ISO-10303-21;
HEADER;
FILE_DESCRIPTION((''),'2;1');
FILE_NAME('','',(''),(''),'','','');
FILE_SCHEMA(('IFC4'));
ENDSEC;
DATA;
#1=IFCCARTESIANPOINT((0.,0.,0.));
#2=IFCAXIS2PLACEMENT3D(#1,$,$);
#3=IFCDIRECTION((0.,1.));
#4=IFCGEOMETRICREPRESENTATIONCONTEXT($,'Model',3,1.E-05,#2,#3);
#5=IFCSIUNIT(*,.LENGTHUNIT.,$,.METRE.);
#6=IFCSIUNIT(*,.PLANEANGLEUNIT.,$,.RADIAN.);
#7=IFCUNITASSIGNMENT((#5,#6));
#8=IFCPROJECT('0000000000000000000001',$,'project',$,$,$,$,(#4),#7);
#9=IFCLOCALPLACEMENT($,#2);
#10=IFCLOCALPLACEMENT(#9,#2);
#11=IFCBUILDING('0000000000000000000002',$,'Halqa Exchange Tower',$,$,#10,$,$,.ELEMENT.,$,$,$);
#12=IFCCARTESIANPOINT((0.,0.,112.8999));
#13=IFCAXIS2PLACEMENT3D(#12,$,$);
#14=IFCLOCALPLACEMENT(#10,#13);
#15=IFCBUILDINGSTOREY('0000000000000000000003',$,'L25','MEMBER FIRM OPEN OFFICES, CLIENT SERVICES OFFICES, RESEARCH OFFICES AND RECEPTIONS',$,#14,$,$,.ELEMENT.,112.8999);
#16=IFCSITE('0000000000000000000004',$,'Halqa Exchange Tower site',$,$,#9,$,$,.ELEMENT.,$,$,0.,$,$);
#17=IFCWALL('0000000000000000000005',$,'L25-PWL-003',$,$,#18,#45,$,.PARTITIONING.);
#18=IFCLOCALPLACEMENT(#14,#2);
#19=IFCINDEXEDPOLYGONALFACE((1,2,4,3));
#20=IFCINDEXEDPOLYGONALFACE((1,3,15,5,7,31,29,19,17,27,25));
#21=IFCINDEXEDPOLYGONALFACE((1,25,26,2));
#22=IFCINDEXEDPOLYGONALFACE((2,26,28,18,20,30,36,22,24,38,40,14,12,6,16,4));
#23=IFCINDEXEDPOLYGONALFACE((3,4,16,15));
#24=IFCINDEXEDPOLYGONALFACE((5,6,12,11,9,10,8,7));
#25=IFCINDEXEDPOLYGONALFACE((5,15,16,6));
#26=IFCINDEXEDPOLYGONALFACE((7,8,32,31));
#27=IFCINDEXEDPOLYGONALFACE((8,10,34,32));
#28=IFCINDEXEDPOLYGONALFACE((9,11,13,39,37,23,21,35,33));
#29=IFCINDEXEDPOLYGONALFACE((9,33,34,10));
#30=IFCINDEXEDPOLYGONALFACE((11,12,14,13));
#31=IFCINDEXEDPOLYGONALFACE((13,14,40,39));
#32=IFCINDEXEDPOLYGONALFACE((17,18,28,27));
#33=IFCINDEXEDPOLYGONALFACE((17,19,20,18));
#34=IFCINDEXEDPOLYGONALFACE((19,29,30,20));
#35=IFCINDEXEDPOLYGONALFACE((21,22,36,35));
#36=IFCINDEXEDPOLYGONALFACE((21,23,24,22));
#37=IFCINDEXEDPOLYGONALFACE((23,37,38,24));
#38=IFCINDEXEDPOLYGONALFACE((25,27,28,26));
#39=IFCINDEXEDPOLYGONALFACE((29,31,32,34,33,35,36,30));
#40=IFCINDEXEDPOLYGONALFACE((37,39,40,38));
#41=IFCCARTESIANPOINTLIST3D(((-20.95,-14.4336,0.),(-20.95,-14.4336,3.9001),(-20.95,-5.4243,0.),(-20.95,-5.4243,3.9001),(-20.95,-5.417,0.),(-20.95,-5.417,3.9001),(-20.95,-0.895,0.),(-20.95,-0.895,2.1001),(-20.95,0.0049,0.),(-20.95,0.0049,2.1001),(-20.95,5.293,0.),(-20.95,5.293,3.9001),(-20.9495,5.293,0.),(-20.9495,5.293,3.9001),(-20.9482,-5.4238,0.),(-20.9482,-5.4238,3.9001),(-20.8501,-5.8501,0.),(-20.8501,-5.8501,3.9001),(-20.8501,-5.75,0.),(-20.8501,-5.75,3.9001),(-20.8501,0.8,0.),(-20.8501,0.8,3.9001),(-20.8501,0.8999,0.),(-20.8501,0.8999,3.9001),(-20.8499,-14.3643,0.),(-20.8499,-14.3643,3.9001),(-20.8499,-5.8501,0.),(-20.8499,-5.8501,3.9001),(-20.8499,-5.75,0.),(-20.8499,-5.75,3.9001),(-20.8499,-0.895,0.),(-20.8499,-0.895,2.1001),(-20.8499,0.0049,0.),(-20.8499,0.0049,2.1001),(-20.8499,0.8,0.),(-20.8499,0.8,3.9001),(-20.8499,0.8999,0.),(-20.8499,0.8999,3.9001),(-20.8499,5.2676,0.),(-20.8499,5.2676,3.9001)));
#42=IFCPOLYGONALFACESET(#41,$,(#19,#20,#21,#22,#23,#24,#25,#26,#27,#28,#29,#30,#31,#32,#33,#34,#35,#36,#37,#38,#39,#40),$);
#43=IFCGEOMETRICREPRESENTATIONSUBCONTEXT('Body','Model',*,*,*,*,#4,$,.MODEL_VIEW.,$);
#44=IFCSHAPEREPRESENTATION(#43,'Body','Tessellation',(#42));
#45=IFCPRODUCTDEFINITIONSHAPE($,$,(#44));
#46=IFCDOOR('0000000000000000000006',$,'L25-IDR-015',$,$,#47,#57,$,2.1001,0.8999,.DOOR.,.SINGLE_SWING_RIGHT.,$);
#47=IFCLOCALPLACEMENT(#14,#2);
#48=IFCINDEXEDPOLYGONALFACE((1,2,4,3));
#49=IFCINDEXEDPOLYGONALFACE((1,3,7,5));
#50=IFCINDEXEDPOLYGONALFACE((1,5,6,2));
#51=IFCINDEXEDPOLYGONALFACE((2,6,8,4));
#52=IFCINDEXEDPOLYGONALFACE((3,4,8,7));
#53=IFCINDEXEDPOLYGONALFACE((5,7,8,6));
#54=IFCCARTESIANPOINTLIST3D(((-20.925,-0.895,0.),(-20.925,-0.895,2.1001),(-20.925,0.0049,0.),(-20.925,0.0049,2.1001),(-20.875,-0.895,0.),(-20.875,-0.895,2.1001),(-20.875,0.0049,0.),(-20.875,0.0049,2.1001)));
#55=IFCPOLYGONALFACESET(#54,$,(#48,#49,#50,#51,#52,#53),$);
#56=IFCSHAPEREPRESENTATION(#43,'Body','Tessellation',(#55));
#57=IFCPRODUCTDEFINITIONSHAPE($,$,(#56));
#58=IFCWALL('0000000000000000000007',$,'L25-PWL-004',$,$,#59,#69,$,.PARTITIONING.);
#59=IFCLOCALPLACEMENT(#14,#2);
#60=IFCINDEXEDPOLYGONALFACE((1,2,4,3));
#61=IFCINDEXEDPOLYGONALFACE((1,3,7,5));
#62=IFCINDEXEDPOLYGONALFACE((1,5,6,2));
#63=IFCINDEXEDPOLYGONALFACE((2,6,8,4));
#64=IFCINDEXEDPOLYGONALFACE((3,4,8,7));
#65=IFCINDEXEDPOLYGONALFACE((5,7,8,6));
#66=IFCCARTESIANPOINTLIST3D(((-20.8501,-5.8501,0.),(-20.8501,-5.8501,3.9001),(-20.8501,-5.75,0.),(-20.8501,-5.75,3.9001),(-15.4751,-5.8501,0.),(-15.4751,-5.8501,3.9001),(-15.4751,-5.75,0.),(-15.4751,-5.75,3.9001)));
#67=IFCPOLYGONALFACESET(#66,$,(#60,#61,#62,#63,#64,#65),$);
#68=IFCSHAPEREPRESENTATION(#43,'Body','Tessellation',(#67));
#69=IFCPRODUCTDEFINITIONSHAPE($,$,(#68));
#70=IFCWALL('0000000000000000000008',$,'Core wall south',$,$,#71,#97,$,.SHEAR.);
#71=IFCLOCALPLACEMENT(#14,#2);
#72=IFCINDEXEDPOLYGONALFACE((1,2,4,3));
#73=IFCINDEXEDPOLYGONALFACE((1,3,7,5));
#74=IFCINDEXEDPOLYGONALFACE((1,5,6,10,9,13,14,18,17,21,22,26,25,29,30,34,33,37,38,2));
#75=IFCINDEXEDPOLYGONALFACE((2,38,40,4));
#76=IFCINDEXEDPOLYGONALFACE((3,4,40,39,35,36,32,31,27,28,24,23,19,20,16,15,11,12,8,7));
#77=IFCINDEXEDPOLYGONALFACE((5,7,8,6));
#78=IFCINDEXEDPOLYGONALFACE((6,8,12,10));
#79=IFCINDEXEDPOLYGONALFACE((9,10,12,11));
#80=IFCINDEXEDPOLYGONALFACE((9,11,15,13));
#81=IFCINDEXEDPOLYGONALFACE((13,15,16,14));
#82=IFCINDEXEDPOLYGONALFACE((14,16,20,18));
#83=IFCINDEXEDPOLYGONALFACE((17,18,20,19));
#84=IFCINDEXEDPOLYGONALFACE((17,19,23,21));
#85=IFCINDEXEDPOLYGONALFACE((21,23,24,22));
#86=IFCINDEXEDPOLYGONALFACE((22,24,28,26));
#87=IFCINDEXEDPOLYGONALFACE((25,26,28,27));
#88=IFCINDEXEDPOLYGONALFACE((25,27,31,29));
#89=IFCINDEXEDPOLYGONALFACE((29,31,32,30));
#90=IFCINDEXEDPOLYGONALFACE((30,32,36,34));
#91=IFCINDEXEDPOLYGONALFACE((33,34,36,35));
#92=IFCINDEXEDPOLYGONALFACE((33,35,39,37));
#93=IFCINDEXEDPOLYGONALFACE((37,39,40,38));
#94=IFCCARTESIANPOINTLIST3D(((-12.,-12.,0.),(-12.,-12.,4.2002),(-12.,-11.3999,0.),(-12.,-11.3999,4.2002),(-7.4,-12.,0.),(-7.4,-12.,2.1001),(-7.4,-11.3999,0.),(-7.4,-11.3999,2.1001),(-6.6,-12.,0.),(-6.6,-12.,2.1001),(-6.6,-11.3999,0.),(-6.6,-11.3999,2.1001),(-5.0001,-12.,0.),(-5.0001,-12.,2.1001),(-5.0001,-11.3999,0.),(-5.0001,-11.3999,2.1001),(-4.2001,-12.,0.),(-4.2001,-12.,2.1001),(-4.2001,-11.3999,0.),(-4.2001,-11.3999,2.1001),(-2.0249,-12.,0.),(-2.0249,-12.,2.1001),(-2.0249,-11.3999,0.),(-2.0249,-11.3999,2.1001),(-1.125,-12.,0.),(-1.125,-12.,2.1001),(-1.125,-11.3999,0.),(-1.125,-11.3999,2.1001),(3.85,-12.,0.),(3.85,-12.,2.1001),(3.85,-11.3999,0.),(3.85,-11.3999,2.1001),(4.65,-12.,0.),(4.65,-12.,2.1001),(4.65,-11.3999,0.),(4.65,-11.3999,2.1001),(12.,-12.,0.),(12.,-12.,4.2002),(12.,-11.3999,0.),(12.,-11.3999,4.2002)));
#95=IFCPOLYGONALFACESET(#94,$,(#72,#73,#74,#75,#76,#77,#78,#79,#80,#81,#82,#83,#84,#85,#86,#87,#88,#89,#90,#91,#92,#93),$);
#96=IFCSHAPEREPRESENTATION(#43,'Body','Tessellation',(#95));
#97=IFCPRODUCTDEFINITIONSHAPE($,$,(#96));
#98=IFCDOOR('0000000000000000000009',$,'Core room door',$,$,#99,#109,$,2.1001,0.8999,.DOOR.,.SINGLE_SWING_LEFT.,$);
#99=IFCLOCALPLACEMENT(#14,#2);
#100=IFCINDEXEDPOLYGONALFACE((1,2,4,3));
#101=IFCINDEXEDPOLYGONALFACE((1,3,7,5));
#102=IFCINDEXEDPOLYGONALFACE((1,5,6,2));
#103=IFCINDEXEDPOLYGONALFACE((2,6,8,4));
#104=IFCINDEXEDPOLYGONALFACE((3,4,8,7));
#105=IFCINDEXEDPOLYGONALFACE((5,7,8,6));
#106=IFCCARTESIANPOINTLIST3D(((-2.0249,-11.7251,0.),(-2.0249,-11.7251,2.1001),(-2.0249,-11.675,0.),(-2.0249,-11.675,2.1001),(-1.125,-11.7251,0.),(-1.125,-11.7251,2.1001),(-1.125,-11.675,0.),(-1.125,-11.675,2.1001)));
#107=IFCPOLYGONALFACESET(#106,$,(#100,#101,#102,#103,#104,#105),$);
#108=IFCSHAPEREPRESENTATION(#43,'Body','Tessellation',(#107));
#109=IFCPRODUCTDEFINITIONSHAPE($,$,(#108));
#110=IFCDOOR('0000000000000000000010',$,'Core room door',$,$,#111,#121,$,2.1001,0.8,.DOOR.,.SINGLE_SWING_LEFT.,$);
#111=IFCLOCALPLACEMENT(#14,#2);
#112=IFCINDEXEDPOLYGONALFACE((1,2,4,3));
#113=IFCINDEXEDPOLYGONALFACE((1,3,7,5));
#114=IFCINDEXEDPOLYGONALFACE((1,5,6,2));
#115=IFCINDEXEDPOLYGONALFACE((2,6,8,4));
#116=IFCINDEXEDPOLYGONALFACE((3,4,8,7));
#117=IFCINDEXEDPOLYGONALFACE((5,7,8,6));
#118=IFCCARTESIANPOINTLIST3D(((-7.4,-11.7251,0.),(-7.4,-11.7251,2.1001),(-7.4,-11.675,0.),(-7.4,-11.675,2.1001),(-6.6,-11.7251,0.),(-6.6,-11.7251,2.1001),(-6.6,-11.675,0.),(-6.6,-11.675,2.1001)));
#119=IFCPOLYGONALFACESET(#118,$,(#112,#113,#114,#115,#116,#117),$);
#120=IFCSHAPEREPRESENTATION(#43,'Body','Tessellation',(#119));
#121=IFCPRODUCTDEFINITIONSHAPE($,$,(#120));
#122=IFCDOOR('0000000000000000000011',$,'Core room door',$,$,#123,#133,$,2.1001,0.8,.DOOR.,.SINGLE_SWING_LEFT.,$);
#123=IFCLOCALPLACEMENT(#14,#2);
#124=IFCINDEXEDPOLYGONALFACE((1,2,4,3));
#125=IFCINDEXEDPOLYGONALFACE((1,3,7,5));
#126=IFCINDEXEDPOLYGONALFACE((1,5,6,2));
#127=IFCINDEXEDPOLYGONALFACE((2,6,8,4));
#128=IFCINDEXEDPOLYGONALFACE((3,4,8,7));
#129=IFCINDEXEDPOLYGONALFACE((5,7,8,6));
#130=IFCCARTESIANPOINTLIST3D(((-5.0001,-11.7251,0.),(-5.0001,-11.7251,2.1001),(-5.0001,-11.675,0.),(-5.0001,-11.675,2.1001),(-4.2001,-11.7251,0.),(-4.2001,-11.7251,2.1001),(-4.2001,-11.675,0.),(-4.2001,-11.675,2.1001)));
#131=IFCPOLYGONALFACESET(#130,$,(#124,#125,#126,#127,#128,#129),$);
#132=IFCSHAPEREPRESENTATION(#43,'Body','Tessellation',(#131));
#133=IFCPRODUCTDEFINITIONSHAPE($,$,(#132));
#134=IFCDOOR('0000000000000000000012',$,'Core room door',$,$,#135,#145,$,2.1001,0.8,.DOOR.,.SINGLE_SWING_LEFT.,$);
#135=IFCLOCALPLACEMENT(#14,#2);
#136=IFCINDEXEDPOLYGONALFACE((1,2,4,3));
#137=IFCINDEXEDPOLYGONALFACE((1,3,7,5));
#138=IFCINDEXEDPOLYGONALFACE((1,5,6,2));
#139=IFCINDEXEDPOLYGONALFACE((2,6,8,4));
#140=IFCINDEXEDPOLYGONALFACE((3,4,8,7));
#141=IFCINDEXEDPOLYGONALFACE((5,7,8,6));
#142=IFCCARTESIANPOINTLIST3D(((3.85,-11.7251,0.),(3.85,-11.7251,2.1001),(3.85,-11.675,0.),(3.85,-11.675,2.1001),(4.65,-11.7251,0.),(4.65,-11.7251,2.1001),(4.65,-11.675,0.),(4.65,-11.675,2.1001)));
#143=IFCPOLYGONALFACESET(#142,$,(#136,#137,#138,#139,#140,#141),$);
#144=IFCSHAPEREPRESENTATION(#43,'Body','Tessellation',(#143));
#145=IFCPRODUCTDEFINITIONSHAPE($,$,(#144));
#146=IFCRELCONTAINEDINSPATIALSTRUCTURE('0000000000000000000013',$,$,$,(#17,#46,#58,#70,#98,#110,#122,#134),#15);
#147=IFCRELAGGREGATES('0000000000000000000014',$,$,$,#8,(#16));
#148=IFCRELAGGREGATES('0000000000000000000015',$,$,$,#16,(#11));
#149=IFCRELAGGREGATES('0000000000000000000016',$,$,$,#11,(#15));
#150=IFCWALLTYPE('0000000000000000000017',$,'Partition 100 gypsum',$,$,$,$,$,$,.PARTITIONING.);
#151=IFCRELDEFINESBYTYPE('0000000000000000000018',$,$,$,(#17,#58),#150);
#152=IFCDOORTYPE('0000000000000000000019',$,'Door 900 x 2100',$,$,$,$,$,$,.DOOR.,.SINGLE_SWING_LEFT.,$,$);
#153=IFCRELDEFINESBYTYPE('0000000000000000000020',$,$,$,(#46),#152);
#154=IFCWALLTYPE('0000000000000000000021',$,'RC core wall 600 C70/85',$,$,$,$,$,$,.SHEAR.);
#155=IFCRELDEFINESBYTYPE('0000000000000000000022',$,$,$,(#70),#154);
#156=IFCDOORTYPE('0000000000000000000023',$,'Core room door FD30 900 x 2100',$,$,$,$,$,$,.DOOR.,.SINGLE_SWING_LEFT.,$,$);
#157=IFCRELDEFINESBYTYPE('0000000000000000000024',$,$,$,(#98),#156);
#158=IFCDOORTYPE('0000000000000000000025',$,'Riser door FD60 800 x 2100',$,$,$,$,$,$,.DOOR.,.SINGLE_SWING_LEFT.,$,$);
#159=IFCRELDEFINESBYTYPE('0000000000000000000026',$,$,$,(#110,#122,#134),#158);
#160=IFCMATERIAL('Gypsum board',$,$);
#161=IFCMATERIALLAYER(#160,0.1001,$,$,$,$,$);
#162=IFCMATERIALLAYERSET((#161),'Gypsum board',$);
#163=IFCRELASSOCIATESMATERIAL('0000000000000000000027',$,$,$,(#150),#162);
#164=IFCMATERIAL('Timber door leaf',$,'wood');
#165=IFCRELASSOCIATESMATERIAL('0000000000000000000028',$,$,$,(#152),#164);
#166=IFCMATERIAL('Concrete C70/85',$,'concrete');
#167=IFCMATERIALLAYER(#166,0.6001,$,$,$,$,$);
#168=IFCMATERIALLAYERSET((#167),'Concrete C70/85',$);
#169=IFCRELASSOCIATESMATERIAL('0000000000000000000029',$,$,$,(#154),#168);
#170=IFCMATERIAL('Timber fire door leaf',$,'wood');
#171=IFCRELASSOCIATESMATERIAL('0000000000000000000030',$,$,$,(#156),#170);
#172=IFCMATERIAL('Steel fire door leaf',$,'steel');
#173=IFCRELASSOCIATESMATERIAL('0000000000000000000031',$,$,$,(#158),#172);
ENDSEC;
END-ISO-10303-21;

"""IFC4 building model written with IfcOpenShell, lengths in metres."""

from ifc_helpers import new_model, si_unit, direction, frame, frame_2d, origin, place, context, subcontext, project, spatial, polyline, rectangle, outline, extrude, material, layer, layer_set, type_object, element, fill, save


model = new_model("IFC4")

# Units and contexts
model_context = context("Model", 3, precision=1e-05, world=origin(), true_north=direction((0.0, 1.0)))
body_context = subcontext(model_context, "Body", "Model", "MODEL_VIEW")
ifc_project = project(units=[si_unit("LENGTHUNIT", "METRE"), si_unit("PLANEANGLEUNIT", "RADIAN")], contexts=[model_context])

# Site, building, storey
site_placement = place(None, origin())
site = spatial("IfcSite", under=ifc_project, at=site_placement, Name="Halqa Exchange Tower site", CompositionType="ELEMENT", RefElevation=0.0)
building_placement = place(site_placement, origin())
building = spatial("IfcBuilding", under=site, at=building_placement, Name="Halqa Exchange Tower", CompositionType="ELEMENT")
storey_placement = place(building_placement, frame((0.0, 0.0, 112.8999)))
storey = spatial("IfcBuildingStorey", under=building, at=storey_placement, Name="L25", Description="MEMBER FIRM OPEN OFFICES, CLIENT SERVICES OFFICES, RESEARCH OFFICES AND RECEPTIONS", CompositionType="ELEMENT", Elevation=112.8999)

# Shared definitions
ifc_material_1 = material(Name="Concrete C70/85", Category="concrete")

# Wall, opening, door
ifc_material_2 = material(Name="Gypsum board")
ifc_layer_1 = layer(ifc_material_2, 0.1001)
ifc_layer_set_1 = layer_set([ifc_layer_1], Name="Gypsum board")
wall_type_1 = type_object("IfcWallType", Name="Partition 100 gypsum", PredefinedType="PARTITIONING", material=ifc_layer_set_1)
wall_1_placement = place(storey_placement, frame((-20.8999, -14.4336, 0.0), z_axis=(0.0, 0.0, 1.0), x_axis=(0.0, 1.0, 0.0)))
wall_1 = element("IfcWall", 1, at=wall_1_placement, inside=storey, type_object=wall_type_1, Name="L25-PWL-003", PredefinedType="PARTITIONING", context=body_context, shape_type="SweptSolid", body=[
    extrude(outline(polyline([(0.0693, -0.05), (1.7722, -0.05), (3.4751, -0.05), (5.178, -0.05), (6.8809, -0.05), (8.5835, -0.05), (8.5835, -0.0498), (8.6836, -0.0498), (8.6836, -0.05), (10.321, -0.05), (11.9585, -0.05), (13.5962, -0.05), (15.2336, -0.05), (15.2336, -0.0498), (15.3335, -0.0498), (15.3335, -0.05), (16.7893, -0.05), (18.2451, -0.05), (19.7012, -0.05), (19.7266, 0.0496), (19.7266, 0.05), (17.9417, 0.05), (16.1565, 0.05), (14.3716, 0.05), (12.5867, 0.05), (10.8015, 0.05), (9.0166, 0.05), (9.0098, 0.0483), (9.0093, 0.05), (7.2075, 0.05), (5.4055, 0.05), (3.6038, 0.05), (1.8018, 0.05), (0.0, 0.05), (0.0693, -0.05)])), origin(), (0.0, 0.0, 1.0), 3.9001),
])
opening_1_placement = place(wall_1_placement, frame((13.5386, 0.0, 0.0)))
opening_1 = element("IfcOpeningElement", 2, at=opening_1_placement, cuts=wall_1, PredefinedType="OPENING", context=body_context, shape_type="SweptSolid", body=[
    extrude(rectangle(XDim=0.8999, YDim=2.1001, at=frame_2d((0.45, 1.05))), frame((0.0, 0.062, 0.0), z_axis=(0.0, -1.0, 0.0), x_axis=(1.0, 0.0, 0.0)), (0.0, 0.0, 1.0), 0.124),
])
ifc_material_3 = material(Name="Timber door leaf", Category="wood")
door_type_1 = type_object("IfcDoorType", Name="Door 900 x 2100", OperationType="SINGLE_SWING_LEFT", PredefinedType="DOOR", material=ifc_material_3)
door_1_placement = place(opening_1_placement, frame((0.8999, 0.0, 0.0), z_axis=(0.0, 0.0, 1.0), x_axis=(-1.0, 0.0, 0.0)))
door_1 = element("IfcDoor", 3, at=door_1_placement, inside=storey, type_object=door_type_1, Name="L25-IDR-015", OperationType="SINGLE_SWING_RIGHT", OverallHeight=2.1001, OverallWidth=0.8999, PredefinedType="DOOR", context=body_context, shape_type="SweptSolid", body=[
    extrude(rectangle(XDim=0.8999, YDim=2.1001, at=frame_2d((0.45, 1.05))), frame((0.0, 0.0249, 0.0), z_axis=(0.0, -1.0, 0.0), x_axis=(1.0, 0.0, 0.0)), (0.0, 0.0, 1.0), 0.05),
])
fill(opening_1, door_1)

# Wall
wall_2_placement = place(storey_placement, frame((-20.8501, -5.8, 0.0), z_axis=(0.0, 0.0, 1.0), x_axis=(1.0, 0.0, 0.0)))
element("IfcWall", 4, at=wall_2_placement, inside=storey, type_object=wall_type_1, Name="L25-PWL-004", PredefinedType="PARTITIONING", context=body_context, shape_type="SweptSolid", body=[
    extrude(rectangle(XDim=5.375, YDim=0.1001, at=frame_2d((2.6875, 0.0))), origin(), (0.0, 0.0, 1.0), 3.9001),
])

# Wall, openings, doors
ifc_layer_2 = layer(ifc_material_1, 0.6001)
ifc_layer_set_2 = layer_set([ifc_layer_2], Name="Concrete C70/85")
wall_type_2 = type_object("IfcWallType", Name="RC core wall 600 C70/85", PredefinedType="SHEAR", material=ifc_layer_set_2)
wall_3_placement = place(storey_placement, frame((-12.0, -11.7, 0.0), z_axis=(0.0, 0.0, 1.0), x_axis=(1.0, 0.0, 0.0)))
wall_3 = element("IfcWall", 5, at=wall_3_placement, inside=storey, type_object=wall_type_2, Name="Core wall south", PredefinedType="SHEAR", context=body_context, shape_type="SweptSolid", body=[
    extrude(rectangle(XDim=24.0, YDim=0.6001, at=frame_2d((12.0, 0.0))), origin(), (0.0, 0.0, 1.0), 4.2002),
])
opening_2_placement = place(wall_3_placement, frame((9.9751, 0.0, 0.0)))
opening_2 = element("IfcOpeningElement", 6, at=opening_2_placement, cuts=wall_3, PredefinedType="OPENING", context=body_context, shape_type="SweptSolid", body=[
    extrude(rectangle(XDim=0.8999, YDim=2.1001, at=frame_2d((0.45, 1.05))), frame((0.0, 0.312, 0.0), z_axis=(0.0, -1.0, 0.0), x_axis=(1.0, 0.0, 0.0)), (0.0, 0.0, 1.0), 0.624),
])
opening_3_placement = place(wall_3_placement, frame((4.6001, 0.0, 0.0)))
opening_3 = element("IfcOpeningElement", 7, at=opening_3_placement, cuts=wall_3, PredefinedType="OPENING", context=body_context, shape_type="SweptSolid", body=[
    extrude(rectangle(XDim=0.8, YDim=2.1001, at=frame_2d((0.3999, 1.05))), frame((0.0, 0.312, 0.0), z_axis=(0.0, -1.0, 0.0), x_axis=(1.0, 0.0, 0.0)), (0.0, 0.0, 1.0), 0.624),
])
opening_4_placement = place(wall_3_placement, frame((7.0, 0.0, 0.0)))
opening_4 = element("IfcOpeningElement", 8, at=opening_4_placement, cuts=wall_3, PredefinedType="OPENING", context=body_context, shape_type="SweptSolid", body=[
    extrude(rectangle(XDim=0.8, YDim=2.1001, at=frame_2d((0.3999, 1.05))), frame((0.0, 0.312, 0.0), z_axis=(0.0, -1.0, 0.0), x_axis=(1.0, 0.0, 0.0)), (0.0, 0.0, 1.0), 0.624),
])
opening_5_placement = place(wall_3_placement, frame((15.8501, 0.0, 0.0)))
opening_5 = element("IfcOpeningElement", 9, at=opening_5_placement, cuts=wall_3, PredefinedType="OPENING", context=body_context, shape_type="SweptSolid", body=[
    extrude(rectangle(XDim=0.8, YDim=2.1001, at=frame_2d((0.3999, 1.05))), frame((0.0, 0.312, 0.0), z_axis=(0.0, -1.0, 0.0), x_axis=(1.0, 0.0, 0.0)), (0.0, 0.0, 1.0), 0.624),
])
ifc_material_4 = material(Name="Timber fire door leaf", Category="wood")
door_type_2 = type_object("IfcDoorType", Name="Core room door FD30 900 x 2100", OperationType="SINGLE_SWING_LEFT", PredefinedType="DOOR", material=ifc_material_4)
door_2_placement = place(opening_2_placement, origin())
door_2 = element("IfcDoor", 10, at=door_2_placement, inside=storey, type_object=door_type_2, Name="Core room door", OperationType="SINGLE_SWING_LEFT", OverallHeight=2.1001, OverallWidth=0.8999, PredefinedType="DOOR", context=body_context, shape_type="SweptSolid", body=[
    extrude(rectangle(XDim=0.8999, YDim=2.1001, at=frame_2d((0.45, 1.05))), frame((0.0, 0.0249, 0.0), z_axis=(0.0, -1.0, 0.0), x_axis=(1.0, 0.0, 0.0)), (0.0, 0.0, 1.0), 0.05),
])
fill(opening_2, door_2)
ifc_material_5 = material(Name="Steel fire door leaf", Category="steel")
door_type_3 = type_object("IfcDoorType", Name="Riser door FD60 800 x 2100", OperationType="SINGLE_SWING_LEFT", PredefinedType="DOOR", material=ifc_material_5)
door_3_placement = place(opening_3_placement, origin())
door_3 = element("IfcDoor", 11, at=door_3_placement, inside=storey, type_object=door_type_3, Name="Core room door", OperationType="SINGLE_SWING_LEFT", OverallHeight=2.1001, OverallWidth=0.8, PredefinedType="DOOR", context=body_context, shape_type="SweptSolid", body=[
    extrude(rectangle(XDim=0.8, YDim=2.1001, at=frame_2d((0.3999, 1.05))), frame((0.0, 0.0249, 0.0), z_axis=(0.0, -1.0, 0.0), x_axis=(1.0, 0.0, 0.0)), (0.0, 0.0, 1.0), 0.05),
])
fill(opening_3, door_3)
door_4_placement = place(opening_4_placement, origin())
door_4 = element("IfcDoor", 12, at=door_4_placement, inside=storey, type_object=door_type_3, Name="Core room door", OperationType="SINGLE_SWING_LEFT", OverallHeight=2.1001, OverallWidth=0.8, PredefinedType="DOOR", context=body_context, shape_type="SweptSolid", body=[
    extrude(rectangle(XDim=0.8, YDim=2.1001, at=frame_2d((0.3999, 1.05))), frame((0.0, 0.0249, 0.0), z_axis=(0.0, -1.0, 0.0), x_axis=(1.0, 0.0, 0.0)), (0.0, 0.0, 1.0), 0.05),
])
fill(opening_4, door_4)
door_5_placement = place(opening_5_placement, origin())
door_5 = element("IfcDoor", 13, at=door_5_placement, inside=storey, type_object=door_type_3, Name="Core room door", OperationType="SINGLE_SWING_LEFT", OverallHeight=2.1001, OverallWidth=0.8, PredefinedType="DOOR", context=body_context, shape_type="SweptSolid", body=[
    extrude(rectangle(XDim=0.8, YDim=2.1001, at=frame_2d((0.3999, 1.05))), frame((0.0, 0.0249, 0.0), z_axis=(0.0, -1.0, 0.0), x_axis=(1.0, 0.0, 0.0)), (0.0, 0.0, 1.0), 0.05),
])
fill(opening_5, door_5)

save(model, "model.ifc")
